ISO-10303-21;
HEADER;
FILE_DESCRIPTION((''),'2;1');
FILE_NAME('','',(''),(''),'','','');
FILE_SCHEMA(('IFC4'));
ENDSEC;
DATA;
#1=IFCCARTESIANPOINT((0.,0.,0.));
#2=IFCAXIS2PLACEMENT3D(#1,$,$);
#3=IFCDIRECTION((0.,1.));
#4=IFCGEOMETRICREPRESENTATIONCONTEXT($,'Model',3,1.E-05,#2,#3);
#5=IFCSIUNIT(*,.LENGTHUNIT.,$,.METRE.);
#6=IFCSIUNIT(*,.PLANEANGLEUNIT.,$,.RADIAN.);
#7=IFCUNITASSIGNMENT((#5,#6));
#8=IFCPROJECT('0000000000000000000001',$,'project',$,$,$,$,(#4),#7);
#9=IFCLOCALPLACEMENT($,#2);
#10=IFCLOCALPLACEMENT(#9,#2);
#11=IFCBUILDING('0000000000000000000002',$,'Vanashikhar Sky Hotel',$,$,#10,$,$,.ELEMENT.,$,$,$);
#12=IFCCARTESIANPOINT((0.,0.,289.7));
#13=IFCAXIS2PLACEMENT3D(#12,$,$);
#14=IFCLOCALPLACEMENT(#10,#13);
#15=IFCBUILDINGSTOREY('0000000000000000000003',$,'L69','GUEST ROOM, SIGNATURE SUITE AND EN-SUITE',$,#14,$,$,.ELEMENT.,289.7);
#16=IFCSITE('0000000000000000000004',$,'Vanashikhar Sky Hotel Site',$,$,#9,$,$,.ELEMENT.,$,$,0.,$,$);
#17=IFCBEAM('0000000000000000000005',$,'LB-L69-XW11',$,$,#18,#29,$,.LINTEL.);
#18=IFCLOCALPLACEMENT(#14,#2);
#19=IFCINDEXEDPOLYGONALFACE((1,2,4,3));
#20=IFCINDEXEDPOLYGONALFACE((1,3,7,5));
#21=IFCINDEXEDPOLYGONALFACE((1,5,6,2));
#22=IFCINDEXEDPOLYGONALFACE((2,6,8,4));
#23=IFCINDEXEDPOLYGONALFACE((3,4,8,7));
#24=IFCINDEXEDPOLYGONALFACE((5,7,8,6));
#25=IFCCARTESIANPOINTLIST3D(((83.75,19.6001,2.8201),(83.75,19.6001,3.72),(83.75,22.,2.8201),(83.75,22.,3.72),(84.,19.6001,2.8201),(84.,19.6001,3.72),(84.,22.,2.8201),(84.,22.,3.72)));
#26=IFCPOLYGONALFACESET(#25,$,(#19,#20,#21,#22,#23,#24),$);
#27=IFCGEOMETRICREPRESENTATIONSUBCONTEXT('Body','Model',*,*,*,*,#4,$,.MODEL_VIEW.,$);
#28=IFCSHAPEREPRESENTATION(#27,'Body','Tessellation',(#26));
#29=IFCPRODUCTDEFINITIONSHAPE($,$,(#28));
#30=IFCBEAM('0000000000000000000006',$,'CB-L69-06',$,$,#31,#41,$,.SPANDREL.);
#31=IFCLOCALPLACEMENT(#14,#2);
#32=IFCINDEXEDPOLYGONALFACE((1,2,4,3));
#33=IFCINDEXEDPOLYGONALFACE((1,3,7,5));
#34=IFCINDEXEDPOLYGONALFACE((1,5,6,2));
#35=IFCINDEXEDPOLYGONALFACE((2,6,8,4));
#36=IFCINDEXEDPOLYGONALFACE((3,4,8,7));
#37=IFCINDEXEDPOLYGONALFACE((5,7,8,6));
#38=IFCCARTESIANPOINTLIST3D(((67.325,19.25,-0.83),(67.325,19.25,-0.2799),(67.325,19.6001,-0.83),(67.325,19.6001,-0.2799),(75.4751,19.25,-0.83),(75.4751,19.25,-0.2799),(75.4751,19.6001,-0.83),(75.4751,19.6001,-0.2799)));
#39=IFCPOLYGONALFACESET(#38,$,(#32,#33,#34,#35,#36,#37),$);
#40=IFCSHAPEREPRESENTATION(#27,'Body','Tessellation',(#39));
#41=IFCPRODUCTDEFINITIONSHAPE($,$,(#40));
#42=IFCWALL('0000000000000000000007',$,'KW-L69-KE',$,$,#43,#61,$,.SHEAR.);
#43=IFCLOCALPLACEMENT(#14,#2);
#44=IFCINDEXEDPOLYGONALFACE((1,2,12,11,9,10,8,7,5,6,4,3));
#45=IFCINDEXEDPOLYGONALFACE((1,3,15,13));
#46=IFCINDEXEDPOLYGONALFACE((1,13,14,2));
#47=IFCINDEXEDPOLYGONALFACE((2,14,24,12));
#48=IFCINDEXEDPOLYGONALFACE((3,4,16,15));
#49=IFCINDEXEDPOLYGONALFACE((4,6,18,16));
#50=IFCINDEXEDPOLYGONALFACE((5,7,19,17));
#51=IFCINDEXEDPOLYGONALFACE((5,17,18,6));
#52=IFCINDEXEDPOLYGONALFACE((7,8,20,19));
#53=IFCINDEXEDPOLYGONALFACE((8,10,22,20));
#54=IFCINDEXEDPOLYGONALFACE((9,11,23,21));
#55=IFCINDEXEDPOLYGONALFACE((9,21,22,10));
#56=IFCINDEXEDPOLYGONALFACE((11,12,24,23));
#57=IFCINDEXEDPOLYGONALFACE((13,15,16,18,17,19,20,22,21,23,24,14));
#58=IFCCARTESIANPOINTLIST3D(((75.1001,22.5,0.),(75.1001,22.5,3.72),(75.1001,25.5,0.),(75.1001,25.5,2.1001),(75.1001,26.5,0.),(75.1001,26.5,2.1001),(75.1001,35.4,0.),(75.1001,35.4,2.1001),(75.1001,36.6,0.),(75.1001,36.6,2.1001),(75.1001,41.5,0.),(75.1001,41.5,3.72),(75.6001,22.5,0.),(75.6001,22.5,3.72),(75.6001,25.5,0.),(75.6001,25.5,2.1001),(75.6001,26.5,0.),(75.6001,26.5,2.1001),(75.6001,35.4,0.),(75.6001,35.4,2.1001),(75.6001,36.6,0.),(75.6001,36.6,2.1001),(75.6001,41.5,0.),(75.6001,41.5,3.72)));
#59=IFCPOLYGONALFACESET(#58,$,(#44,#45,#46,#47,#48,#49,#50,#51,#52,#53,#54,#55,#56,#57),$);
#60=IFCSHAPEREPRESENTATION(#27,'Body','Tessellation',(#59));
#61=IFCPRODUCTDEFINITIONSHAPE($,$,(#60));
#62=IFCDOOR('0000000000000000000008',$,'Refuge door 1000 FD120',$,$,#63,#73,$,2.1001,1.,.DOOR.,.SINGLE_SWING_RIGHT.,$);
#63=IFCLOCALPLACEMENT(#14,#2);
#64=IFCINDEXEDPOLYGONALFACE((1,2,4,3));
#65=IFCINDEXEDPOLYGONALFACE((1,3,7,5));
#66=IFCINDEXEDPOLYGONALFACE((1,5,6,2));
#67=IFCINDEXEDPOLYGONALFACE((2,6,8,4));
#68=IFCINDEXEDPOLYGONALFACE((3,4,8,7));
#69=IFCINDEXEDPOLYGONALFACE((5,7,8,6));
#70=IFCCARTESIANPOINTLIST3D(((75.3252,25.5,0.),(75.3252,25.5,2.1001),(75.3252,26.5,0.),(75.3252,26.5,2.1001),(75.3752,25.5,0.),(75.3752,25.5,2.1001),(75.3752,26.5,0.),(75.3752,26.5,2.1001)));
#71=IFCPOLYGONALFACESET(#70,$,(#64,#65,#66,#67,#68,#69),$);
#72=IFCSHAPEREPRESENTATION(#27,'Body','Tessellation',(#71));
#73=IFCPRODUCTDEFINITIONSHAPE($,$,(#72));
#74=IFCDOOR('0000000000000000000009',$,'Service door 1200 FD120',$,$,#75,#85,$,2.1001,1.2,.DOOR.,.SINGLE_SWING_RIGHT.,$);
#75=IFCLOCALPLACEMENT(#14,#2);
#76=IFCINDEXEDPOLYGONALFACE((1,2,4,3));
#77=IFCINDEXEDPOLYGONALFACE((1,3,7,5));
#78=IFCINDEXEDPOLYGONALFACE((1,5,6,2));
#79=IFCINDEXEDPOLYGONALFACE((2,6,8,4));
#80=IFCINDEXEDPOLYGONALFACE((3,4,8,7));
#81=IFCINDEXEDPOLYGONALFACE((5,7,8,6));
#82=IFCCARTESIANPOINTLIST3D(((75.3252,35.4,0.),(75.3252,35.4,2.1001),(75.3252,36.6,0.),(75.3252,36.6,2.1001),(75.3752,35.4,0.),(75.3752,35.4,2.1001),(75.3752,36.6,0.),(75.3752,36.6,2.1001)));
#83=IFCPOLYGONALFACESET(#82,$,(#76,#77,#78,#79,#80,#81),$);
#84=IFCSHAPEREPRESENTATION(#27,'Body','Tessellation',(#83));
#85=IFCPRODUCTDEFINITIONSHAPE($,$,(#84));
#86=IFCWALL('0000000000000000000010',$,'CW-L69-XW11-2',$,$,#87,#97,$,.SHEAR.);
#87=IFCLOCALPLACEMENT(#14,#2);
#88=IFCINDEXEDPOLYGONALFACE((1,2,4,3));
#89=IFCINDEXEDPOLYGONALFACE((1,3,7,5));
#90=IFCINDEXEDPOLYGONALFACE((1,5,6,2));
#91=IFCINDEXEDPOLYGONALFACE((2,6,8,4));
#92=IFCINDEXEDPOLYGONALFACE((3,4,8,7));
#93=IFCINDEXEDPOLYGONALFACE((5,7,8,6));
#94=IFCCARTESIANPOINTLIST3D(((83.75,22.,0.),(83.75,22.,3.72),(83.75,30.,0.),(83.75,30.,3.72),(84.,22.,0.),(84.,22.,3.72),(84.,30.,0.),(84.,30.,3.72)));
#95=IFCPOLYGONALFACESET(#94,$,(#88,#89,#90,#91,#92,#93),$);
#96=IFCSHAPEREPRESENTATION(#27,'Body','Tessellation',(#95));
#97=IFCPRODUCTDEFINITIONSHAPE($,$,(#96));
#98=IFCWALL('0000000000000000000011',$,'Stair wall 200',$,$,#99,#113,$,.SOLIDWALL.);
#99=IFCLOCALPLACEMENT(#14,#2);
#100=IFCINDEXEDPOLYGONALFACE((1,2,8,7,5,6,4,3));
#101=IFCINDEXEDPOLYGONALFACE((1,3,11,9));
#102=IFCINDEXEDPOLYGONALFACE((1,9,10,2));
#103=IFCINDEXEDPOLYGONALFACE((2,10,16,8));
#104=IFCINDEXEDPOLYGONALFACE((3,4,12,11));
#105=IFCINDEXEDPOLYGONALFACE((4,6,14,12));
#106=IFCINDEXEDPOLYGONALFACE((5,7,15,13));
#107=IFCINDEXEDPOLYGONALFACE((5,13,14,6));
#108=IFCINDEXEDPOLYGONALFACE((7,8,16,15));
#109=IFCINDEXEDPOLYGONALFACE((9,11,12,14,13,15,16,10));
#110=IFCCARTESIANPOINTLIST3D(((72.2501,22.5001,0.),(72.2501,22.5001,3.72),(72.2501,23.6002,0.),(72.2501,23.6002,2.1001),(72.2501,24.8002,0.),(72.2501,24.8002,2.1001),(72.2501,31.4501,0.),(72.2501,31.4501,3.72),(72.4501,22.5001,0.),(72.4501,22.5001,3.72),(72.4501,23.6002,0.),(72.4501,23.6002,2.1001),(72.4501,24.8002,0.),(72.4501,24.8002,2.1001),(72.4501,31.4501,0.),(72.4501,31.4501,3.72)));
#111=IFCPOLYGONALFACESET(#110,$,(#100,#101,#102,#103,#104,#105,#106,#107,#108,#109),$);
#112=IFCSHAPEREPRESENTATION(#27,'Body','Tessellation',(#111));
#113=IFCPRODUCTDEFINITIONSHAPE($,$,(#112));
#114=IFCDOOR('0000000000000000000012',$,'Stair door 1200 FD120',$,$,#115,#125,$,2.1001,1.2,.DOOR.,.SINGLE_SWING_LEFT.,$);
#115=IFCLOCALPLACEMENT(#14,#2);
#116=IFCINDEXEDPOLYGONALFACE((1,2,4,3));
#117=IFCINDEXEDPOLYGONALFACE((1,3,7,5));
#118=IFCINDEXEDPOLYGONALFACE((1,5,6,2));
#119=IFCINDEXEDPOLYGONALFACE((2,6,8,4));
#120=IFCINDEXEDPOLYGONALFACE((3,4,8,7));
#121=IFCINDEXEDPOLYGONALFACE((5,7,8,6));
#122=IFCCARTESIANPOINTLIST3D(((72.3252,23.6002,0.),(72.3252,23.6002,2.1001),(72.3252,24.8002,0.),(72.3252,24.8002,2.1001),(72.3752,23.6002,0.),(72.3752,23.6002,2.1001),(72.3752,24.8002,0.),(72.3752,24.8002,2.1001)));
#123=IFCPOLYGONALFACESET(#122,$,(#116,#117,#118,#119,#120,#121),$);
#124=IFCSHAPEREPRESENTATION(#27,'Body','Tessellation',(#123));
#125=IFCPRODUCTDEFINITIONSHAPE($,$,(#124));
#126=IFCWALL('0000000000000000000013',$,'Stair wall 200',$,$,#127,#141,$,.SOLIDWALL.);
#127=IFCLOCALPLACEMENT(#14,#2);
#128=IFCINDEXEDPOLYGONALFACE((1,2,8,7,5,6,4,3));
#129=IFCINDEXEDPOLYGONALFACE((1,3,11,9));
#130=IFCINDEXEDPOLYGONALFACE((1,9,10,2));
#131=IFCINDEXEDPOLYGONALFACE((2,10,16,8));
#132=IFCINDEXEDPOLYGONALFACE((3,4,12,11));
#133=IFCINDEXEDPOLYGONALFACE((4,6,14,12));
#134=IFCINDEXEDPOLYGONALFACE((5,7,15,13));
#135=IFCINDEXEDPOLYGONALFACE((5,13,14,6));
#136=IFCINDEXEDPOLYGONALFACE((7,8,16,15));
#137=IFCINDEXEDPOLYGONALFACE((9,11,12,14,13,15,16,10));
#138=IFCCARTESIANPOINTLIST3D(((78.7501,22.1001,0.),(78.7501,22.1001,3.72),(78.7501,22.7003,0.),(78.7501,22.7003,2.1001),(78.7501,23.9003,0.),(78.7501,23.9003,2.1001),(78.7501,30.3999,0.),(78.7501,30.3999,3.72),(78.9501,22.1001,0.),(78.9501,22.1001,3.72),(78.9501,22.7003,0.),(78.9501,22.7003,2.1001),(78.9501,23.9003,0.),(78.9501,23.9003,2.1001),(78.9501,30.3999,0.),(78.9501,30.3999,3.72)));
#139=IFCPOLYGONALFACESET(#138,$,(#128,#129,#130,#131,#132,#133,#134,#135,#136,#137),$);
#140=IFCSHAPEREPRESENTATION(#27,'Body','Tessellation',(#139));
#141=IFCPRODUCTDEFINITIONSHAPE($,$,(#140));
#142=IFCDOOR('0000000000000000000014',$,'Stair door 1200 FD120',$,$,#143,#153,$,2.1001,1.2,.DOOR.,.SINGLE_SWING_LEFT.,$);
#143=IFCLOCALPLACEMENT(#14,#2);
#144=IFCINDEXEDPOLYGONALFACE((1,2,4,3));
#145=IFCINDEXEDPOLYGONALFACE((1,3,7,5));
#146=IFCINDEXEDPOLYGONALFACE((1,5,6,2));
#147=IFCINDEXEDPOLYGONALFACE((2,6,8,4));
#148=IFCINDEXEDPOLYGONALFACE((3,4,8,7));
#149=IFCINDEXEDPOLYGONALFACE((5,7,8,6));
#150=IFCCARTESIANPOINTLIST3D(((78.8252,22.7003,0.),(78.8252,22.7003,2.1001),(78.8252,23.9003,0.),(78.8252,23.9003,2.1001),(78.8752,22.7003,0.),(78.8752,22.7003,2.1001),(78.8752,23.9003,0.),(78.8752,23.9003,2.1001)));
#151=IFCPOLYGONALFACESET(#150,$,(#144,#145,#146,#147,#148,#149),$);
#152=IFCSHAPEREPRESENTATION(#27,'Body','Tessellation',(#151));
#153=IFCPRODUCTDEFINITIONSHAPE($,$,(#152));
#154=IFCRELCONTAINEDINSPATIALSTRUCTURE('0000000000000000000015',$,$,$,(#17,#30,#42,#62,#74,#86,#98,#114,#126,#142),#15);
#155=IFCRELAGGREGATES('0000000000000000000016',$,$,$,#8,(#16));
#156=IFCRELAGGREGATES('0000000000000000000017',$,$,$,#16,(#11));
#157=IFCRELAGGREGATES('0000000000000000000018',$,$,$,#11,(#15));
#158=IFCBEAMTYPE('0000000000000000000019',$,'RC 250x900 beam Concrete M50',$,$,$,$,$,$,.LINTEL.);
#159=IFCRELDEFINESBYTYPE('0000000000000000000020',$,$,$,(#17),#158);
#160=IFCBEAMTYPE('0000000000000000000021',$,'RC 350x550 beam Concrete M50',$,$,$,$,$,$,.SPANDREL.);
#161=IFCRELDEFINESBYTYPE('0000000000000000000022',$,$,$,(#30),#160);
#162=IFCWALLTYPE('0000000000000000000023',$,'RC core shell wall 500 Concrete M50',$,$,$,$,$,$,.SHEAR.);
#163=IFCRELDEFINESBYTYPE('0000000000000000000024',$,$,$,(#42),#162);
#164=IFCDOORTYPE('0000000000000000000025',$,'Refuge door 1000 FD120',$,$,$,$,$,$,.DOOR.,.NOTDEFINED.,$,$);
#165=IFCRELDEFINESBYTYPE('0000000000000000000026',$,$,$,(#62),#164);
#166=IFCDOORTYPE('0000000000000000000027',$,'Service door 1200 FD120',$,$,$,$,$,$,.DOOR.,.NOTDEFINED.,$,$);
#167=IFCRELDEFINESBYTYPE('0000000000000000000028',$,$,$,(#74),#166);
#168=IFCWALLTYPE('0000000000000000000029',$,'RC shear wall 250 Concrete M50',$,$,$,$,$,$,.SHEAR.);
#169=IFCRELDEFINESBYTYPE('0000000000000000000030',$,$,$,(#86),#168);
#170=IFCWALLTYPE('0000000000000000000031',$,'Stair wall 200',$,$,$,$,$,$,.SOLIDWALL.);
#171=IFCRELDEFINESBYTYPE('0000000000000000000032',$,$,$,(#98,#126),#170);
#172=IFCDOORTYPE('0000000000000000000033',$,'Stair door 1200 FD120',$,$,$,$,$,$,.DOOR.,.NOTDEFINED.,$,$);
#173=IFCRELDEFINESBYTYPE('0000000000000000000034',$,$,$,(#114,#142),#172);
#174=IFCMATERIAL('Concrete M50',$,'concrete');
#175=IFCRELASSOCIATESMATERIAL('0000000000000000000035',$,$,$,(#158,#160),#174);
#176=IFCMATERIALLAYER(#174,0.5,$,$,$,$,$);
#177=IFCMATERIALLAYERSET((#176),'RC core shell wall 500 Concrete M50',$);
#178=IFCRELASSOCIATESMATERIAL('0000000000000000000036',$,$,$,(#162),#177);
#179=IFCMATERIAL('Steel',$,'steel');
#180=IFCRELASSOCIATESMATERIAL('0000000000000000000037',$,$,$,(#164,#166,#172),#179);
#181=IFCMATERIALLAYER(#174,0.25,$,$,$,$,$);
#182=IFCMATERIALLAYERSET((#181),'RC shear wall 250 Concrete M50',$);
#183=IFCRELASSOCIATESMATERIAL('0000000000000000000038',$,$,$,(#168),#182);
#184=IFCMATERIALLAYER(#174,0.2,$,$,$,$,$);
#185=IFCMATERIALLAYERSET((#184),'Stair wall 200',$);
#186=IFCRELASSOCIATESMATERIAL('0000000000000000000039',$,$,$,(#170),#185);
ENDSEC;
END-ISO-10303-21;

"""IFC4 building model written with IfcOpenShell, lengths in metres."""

from ifc_helpers import new_model, si_unit, direction, frame, frame_2d, origin, origin_2d, place, context, subcontext, project, spatial, rectangle, extrude, source, transform, mapped, material, layer, layer_set, material_profile, profile_set, type_object, element, fill, save


model = new_model("IFC4")

# Units and contexts
model_context = context("Model", 3, precision=1e-05, world=origin(), true_north=direction((0.0, 1.0)))
body_context = subcontext(model_context, "Body", "Model", "MODEL_VIEW")
ifc_project = project(units=[si_unit("LENGTHUNIT", "METRE"), si_unit("PLANEANGLEUNIT", "RADIAN")], contexts=[model_context])

# Site, building, storey
site_placement = place(None, origin())
site = spatial("IfcSite", under=ifc_project, at=site_placement, Name="Vanashikhar Sky Hotel Site", CompositionType="ELEMENT", RefElevation=0.0)
building_placement = place(site_placement, origin())
building = spatial("IfcBuilding", under=site, at=building_placement, Name="Vanashikhar Sky Hotel", CompositionType="ELEMENT")
storey_placement = place(building_placement, frame((0.0, 0.0, 289.7)))
storey = spatial("IfcBuildingStorey", under=building, at=storey_placement, Name="L69", Description="GUEST ROOM, SIGNATURE SUITE AND EN-SUITE", CompositionType="ELEMENT", Elevation=289.7)

# Beams
ifc_material_1 = material(Name="Concrete M50", Category="concrete")
ifc_material_profile_1 = material_profile(ifc_material_1, rectangle(XDim=0.25, YDim=0.8999, at=origin_2d()))
ifc_profile_set_1 = profile_set([ifc_material_profile_1], Name="RC 250x900 beam Concrete M50")
beam_type_1 = type_object("IfcBeamType", Name="RC 250x900 beam Concrete M50", PredefinedType="LINTEL", material=ifc_profile_set_1)
shared_shape_1 = source(origin(), body_context, "Body", "SweptSolid", [
    extrude(rectangle(XDim=0.25, YDim=0.8999, at=origin_2d()), origin(), (0.0, 0.0, 1.0), 2.3999),
])
beam_1_placement = place(storey_placement, frame((83.875, 19.6001, 3.27), z_axis=(0.0, 1.0, 0.0), x_axis=(-1.0, 0.0, 0.0)))
element("IfcBeam", 1, at=beam_1_placement, inside=storey, type_object=beam_type_1, Name="LB-L69-XW11", PredefinedType="LINTEL", context=body_context, shape_type="MappedRepresentation", body=[
    mapped(shared_shape_1, transform((0.0, 0.0, 0.0), scale=1.0)),
])
ifc_material_profile_2 = material_profile(ifc_material_1, rectangle(XDim=0.3501, YDim=0.55, at=origin_2d()))
ifc_profile_set_2 = profile_set([ifc_material_profile_2], Name="RC 350x550 beam Concrete M50")
beam_type_2 = type_object("IfcBeamType", Name="RC 350x550 beam Concrete M50", PredefinedType="SPANDREL", material=ifc_profile_set_2)
shared_shape_2 = source(origin(), body_context, "Body", "SweptSolid", [
    extrude(rectangle(XDim=0.3501, YDim=0.55, at=origin_2d()), origin(), (0.0, 0.0, 1.0), 8.1501),
])
beam_2_placement = place(storey_placement, frame((67.325, 19.425, -0.5549), z_axis=(1.0, 0.0, 0.0), x_axis=(0.0, 1.0, 0.0)))
element("IfcBeam", 2, at=beam_2_placement, inside=storey, type_object=beam_type_2, Name="CB-L69-06", PredefinedType="SPANDREL", context=body_context, shape_type="MappedRepresentation", body=[
    mapped(shared_shape_2, transform((0.0, 0.0, 0.0), scale=1.0)),
])

# Wall, openings, doors
ifc_layer_1 = layer(ifc_material_1, 0.5)
ifc_layer_set_1 = layer_set([ifc_layer_1], Name="RC core shell wall 500 Concrete M50")
wall_type_1 = type_object("IfcWallType", Name="RC core shell wall 500 Concrete M50", PredefinedType="SHEAR", material=ifc_layer_set_1)
shared_shape_3 = source(origin(), body_context, "Body", "SweptSolid", [
    extrude(rectangle(XDim=19.0, YDim=0.5, at=frame_2d((9.5, 0.0))), origin(), (0.0, 0.0, 1.0), 3.72),
])
wall_1_placement = place(storey_placement, frame((75.3501, 22.5, 0.0), z_axis=(0.0, 0.0, 1.0), x_axis=(0.0, 1.0, 0.0)))
wall_1 = element("IfcWall", 3, at=wall_1_placement, inside=storey, type_object=wall_type_1, Name="KW-L69-KE", PredefinedType="SHEAR", context=body_context, shape_type="MappedRepresentation", body=[
    mapped(shared_shape_3, transform((0.0, 0.0, 0.0), scale=1.0)),
])
shared_shape_4 = source(origin(), body_context, "Body", "SweptSolid", [
    extrude(rectangle(XDim=1.0, YDim=2.1001, at=frame_2d((0.5, 1.05))), frame((0.0, 0.26, 0.0), z_axis=(0.0, -1.0, 0.0), x_axis=(1.0, 0.0, 0.0)), (0.0, 0.0, 1.0), 0.52),
])
opening_1_placement = place(wall_1_placement, frame((3.0, 0.0, 0.0)))
opening_1 = element("IfcOpeningElement", 4, at=opening_1_placement, cuts=wall_1, PredefinedType="OPENING", context=body_context, shape_type="MappedRepresentation", body=[
    mapped(shared_shape_4, transform((0.0, 0.0, 0.0), scale=1.0)),
])
shared_shape_5 = source(origin(), body_context, "Body", "SweptSolid", [
    extrude(rectangle(XDim=1.2, YDim=2.1001, at=frame_2d((0.6001, 1.05))), frame((0.0, 0.26, 0.0), z_axis=(0.0, -1.0, 0.0), x_axis=(1.0, 0.0, 0.0)), (0.0, 0.0, 1.0), 0.52),
])
opening_2_placement = place(wall_1_placement, frame((12.8999, 0.0, 0.0)))
opening_2 = element("IfcOpeningElement", 5, at=opening_2_placement, cuts=wall_1, PredefinedType="OPENING", context=body_context, shape_type="MappedRepresentation", body=[
    mapped(shared_shape_5, transform((0.0, 0.0, 0.0), scale=1.0)),
])
ifc_material_2 = material(Name="Steel", Category="steel")
door_type_1 = type_object("IfcDoorType", Name="Refuge door 1000 FD120", OperationType="NOTDEFINED", PredefinedType="DOOR", material=ifc_material_2)
shared_shape_6 = source(origin(), body_context, "Body", "SweptSolid", [
    extrude(rectangle(XDim=1.0, YDim=2.1001, at=frame_2d((0.5, 1.05))), frame((0.0, 0.0249, 0.0), z_axis=(0.0, -1.0, 0.0), x_axis=(1.0, 0.0, 0.0)), (0.0, 0.0, 1.0), 0.05),
])
door_1_placement = place(opening_1_placement, origin())
door_1 = element("IfcDoor", 6, at=door_1_placement, inside=storey, type_object=door_type_1, Name="Refuge door 1000 FD120", OperationType="SINGLE_SWING_RIGHT", OverallHeight=2.1001, OverallWidth=1.0, PredefinedType="DOOR", context=body_context, shape_type="MappedRepresentation", body=[
    mapped(shared_shape_6, transform((0.0, 0.0, 0.0), scale=1.0)),
])
fill(opening_1, door_1)
door_type_2 = type_object("IfcDoorType", Name="Service door 1200 FD120", OperationType="NOTDEFINED", PredefinedType="DOOR", material=ifc_material_2)
shared_shape_7 = source(origin(), body_context, "Body", "SweptSolid", [
    extrude(rectangle(XDim=1.2, YDim=2.1001, at=frame_2d((0.6001, 1.05))), frame((0.0, 0.0249, 0.0), z_axis=(0.0, -1.0, 0.0), x_axis=(1.0, 0.0, 0.0)), (0.0, 0.0, 1.0), 0.05),
])
door_2_placement = place(opening_2_placement, origin())
door_2 = element("IfcDoor", 7, at=door_2_placement, inside=storey, type_object=door_type_2, Name="Service door 1200 FD120", OperationType="SINGLE_SWING_RIGHT", OverallHeight=2.1001, OverallWidth=1.2, PredefinedType="DOOR", context=body_context, shape_type="MappedRepresentation", body=[
    mapped(shared_shape_7, transform((0.0, 0.0, 0.0), scale=1.0)),
])
fill(opening_2, door_2)

# Wall
ifc_layer_2 = layer(ifc_material_1, 0.25)
ifc_layer_set_2 = layer_set([ifc_layer_2], Name="RC shear wall 250 Concrete M50")
wall_type_2 = type_object("IfcWallType", Name="RC shear wall 250 Concrete M50", PredefinedType="SHEAR", material=ifc_layer_set_2)
shared_shape_8 = source(origin(), body_context, "Body", "SweptSolid", [
    extrude(rectangle(XDim=8.0, YDim=0.25, at=frame_2d((4.0, 0.0))), origin(), (0.0, 0.0, 1.0), 3.72),
])
wall_2_placement = place(storey_placement, frame((83.875, 22.0, 0.0), z_axis=(0.0, 0.0, 1.0), x_axis=(0.0, 1.0, 0.0)))
element("IfcWall", 8, at=wall_2_placement, inside=storey, type_object=wall_type_2, Name="CW-L69-XW11-2", PredefinedType="SHEAR", context=body_context, shape_type="MappedRepresentation", body=[
    mapped(shared_shape_8, transform((0.0, 0.0, 0.0), scale=1.0)),
])

# Walls, openings, doors
ifc_layer_3 = layer(ifc_material_1, 0.2)
ifc_layer_set_3 = layer_set([ifc_layer_3], Name="Stair wall 200")
wall_type_3 = type_object("IfcWallType", Name="Stair wall 200", PredefinedType="SOLIDWALL", material=ifc_layer_set_3)
shared_shape_9 = source(origin(), body_context, "Body", "SweptSolid", [
    extrude(rectangle(XDim=8.95, YDim=0.2, at=frame_2d((4.4751, 0.0))), origin(), (0.0, 0.0, 1.0), 3.72),
])
wall_3_placement = place(storey_placement, frame((72.3501, 22.5, 0.0), z_axis=(0.0, 0.0, 1.0), x_axis=(0.0, 1.0, 0.0)))
wall_3 = element("IfcWall", 9, at=wall_3_placement, inside=storey, type_object=wall_type_3, Name="Stair wall 200", PredefinedType="SOLIDWALL", context=body_context, shape_type="MappedRepresentation", body=[
    mapped(shared_shape_9, transform((0.0, 0.0, 0.0), scale=1.0)),
])
shared_shape_10 = source(origin(), body_context, "Body", "SweptSolid", [
    extrude(rectangle(XDim=1.2, YDim=2.1001, at=frame_2d((0.6001, 1.05))), frame((0.0, 0.1099, 0.0), z_axis=(0.0, -1.0, 0.0), x_axis=(1.0, 0.0, 0.0)), (0.0, 0.0, 1.0), 0.22),
])
opening_3_placement = place(wall_3_placement, frame((1.1001, 0.0, 0.0)))
opening_3 = element("IfcOpeningElement", 10, at=opening_3_placement, cuts=wall_3, PredefinedType="OPENING", context=body_context, shape_type="MappedRepresentation", body=[
    mapped(shared_shape_10, transform((0.0, 0.0, 0.0), scale=1.0)),
])
door_type_3 = type_object("IfcDoorType", Name="Stair door 1200 FD120", OperationType="NOTDEFINED", PredefinedType="DOOR", material=ifc_material_2)
door_3_placement = place(opening_3_placement, origin())
door_3 = element("IfcDoor", 11, at=door_3_placement, inside=storey, type_object=door_type_3, Name="Stair door 1200 FD120", OperationType="SINGLE_SWING_LEFT", OverallHeight=2.1001, OverallWidth=1.2, PredefinedType="DOOR", context=body_context, shape_type="MappedRepresentation", body=[
    mapped(shared_shape_7, transform((0.0, 0.0, 0.0), scale=1.0)),
])
fill(opening_3, door_3)
shared_shape_11 = source(origin(), body_context, "Body", "SweptSolid", [
    extrude(rectangle(XDim=8.2998, YDim=0.2, at=frame_2d((4.1499, 0.0))), origin(), (0.0, 0.0, 1.0), 3.72),
])
wall_4_placement = place(storey_placement, frame((78.8501, 22.1001, 0.0), z_axis=(0.0, 0.0, 1.0), x_axis=(0.0, 1.0, 0.0)))
wall_4 = element("IfcWall", 12, at=wall_4_placement, inside=storey, type_object=wall_type_3, Name="Stair wall 200", PredefinedType="SOLIDWALL", context=body_context, shape_type="MappedRepresentation", body=[
    mapped(shared_shape_11, transform((0.0, 0.0, 0.0), scale=1.0)),
])
opening_4_placement = place(wall_4_placement, frame((0.6001, 0.0, 0.0)))
opening_4 = element("IfcOpeningElement", 13, at=opening_4_placement, cuts=wall_4, PredefinedType="OPENING", context=body_context, shape_type="MappedRepresentation", body=[
    mapped(shared_shape_10, transform((0.0, 0.0, 0.0), scale=1.0)),
])
door_4_placement = place(opening_4_placement, origin())
door_4 = element("IfcDoor", 14, at=door_4_placement, inside=storey, type_object=door_type_3, Name="Stair door 1200 FD120", OperationType="SINGLE_SWING_LEFT", OverallHeight=2.1001, OverallWidth=1.2, PredefinedType="DOOR", context=body_context, shape_type="MappedRepresentation", body=[
    mapped(shared_shape_7, transform((0.0, 0.0, 0.0), scale=1.0)),
])
fill(opening_4, door_4)

save(model, "model.ifc")
